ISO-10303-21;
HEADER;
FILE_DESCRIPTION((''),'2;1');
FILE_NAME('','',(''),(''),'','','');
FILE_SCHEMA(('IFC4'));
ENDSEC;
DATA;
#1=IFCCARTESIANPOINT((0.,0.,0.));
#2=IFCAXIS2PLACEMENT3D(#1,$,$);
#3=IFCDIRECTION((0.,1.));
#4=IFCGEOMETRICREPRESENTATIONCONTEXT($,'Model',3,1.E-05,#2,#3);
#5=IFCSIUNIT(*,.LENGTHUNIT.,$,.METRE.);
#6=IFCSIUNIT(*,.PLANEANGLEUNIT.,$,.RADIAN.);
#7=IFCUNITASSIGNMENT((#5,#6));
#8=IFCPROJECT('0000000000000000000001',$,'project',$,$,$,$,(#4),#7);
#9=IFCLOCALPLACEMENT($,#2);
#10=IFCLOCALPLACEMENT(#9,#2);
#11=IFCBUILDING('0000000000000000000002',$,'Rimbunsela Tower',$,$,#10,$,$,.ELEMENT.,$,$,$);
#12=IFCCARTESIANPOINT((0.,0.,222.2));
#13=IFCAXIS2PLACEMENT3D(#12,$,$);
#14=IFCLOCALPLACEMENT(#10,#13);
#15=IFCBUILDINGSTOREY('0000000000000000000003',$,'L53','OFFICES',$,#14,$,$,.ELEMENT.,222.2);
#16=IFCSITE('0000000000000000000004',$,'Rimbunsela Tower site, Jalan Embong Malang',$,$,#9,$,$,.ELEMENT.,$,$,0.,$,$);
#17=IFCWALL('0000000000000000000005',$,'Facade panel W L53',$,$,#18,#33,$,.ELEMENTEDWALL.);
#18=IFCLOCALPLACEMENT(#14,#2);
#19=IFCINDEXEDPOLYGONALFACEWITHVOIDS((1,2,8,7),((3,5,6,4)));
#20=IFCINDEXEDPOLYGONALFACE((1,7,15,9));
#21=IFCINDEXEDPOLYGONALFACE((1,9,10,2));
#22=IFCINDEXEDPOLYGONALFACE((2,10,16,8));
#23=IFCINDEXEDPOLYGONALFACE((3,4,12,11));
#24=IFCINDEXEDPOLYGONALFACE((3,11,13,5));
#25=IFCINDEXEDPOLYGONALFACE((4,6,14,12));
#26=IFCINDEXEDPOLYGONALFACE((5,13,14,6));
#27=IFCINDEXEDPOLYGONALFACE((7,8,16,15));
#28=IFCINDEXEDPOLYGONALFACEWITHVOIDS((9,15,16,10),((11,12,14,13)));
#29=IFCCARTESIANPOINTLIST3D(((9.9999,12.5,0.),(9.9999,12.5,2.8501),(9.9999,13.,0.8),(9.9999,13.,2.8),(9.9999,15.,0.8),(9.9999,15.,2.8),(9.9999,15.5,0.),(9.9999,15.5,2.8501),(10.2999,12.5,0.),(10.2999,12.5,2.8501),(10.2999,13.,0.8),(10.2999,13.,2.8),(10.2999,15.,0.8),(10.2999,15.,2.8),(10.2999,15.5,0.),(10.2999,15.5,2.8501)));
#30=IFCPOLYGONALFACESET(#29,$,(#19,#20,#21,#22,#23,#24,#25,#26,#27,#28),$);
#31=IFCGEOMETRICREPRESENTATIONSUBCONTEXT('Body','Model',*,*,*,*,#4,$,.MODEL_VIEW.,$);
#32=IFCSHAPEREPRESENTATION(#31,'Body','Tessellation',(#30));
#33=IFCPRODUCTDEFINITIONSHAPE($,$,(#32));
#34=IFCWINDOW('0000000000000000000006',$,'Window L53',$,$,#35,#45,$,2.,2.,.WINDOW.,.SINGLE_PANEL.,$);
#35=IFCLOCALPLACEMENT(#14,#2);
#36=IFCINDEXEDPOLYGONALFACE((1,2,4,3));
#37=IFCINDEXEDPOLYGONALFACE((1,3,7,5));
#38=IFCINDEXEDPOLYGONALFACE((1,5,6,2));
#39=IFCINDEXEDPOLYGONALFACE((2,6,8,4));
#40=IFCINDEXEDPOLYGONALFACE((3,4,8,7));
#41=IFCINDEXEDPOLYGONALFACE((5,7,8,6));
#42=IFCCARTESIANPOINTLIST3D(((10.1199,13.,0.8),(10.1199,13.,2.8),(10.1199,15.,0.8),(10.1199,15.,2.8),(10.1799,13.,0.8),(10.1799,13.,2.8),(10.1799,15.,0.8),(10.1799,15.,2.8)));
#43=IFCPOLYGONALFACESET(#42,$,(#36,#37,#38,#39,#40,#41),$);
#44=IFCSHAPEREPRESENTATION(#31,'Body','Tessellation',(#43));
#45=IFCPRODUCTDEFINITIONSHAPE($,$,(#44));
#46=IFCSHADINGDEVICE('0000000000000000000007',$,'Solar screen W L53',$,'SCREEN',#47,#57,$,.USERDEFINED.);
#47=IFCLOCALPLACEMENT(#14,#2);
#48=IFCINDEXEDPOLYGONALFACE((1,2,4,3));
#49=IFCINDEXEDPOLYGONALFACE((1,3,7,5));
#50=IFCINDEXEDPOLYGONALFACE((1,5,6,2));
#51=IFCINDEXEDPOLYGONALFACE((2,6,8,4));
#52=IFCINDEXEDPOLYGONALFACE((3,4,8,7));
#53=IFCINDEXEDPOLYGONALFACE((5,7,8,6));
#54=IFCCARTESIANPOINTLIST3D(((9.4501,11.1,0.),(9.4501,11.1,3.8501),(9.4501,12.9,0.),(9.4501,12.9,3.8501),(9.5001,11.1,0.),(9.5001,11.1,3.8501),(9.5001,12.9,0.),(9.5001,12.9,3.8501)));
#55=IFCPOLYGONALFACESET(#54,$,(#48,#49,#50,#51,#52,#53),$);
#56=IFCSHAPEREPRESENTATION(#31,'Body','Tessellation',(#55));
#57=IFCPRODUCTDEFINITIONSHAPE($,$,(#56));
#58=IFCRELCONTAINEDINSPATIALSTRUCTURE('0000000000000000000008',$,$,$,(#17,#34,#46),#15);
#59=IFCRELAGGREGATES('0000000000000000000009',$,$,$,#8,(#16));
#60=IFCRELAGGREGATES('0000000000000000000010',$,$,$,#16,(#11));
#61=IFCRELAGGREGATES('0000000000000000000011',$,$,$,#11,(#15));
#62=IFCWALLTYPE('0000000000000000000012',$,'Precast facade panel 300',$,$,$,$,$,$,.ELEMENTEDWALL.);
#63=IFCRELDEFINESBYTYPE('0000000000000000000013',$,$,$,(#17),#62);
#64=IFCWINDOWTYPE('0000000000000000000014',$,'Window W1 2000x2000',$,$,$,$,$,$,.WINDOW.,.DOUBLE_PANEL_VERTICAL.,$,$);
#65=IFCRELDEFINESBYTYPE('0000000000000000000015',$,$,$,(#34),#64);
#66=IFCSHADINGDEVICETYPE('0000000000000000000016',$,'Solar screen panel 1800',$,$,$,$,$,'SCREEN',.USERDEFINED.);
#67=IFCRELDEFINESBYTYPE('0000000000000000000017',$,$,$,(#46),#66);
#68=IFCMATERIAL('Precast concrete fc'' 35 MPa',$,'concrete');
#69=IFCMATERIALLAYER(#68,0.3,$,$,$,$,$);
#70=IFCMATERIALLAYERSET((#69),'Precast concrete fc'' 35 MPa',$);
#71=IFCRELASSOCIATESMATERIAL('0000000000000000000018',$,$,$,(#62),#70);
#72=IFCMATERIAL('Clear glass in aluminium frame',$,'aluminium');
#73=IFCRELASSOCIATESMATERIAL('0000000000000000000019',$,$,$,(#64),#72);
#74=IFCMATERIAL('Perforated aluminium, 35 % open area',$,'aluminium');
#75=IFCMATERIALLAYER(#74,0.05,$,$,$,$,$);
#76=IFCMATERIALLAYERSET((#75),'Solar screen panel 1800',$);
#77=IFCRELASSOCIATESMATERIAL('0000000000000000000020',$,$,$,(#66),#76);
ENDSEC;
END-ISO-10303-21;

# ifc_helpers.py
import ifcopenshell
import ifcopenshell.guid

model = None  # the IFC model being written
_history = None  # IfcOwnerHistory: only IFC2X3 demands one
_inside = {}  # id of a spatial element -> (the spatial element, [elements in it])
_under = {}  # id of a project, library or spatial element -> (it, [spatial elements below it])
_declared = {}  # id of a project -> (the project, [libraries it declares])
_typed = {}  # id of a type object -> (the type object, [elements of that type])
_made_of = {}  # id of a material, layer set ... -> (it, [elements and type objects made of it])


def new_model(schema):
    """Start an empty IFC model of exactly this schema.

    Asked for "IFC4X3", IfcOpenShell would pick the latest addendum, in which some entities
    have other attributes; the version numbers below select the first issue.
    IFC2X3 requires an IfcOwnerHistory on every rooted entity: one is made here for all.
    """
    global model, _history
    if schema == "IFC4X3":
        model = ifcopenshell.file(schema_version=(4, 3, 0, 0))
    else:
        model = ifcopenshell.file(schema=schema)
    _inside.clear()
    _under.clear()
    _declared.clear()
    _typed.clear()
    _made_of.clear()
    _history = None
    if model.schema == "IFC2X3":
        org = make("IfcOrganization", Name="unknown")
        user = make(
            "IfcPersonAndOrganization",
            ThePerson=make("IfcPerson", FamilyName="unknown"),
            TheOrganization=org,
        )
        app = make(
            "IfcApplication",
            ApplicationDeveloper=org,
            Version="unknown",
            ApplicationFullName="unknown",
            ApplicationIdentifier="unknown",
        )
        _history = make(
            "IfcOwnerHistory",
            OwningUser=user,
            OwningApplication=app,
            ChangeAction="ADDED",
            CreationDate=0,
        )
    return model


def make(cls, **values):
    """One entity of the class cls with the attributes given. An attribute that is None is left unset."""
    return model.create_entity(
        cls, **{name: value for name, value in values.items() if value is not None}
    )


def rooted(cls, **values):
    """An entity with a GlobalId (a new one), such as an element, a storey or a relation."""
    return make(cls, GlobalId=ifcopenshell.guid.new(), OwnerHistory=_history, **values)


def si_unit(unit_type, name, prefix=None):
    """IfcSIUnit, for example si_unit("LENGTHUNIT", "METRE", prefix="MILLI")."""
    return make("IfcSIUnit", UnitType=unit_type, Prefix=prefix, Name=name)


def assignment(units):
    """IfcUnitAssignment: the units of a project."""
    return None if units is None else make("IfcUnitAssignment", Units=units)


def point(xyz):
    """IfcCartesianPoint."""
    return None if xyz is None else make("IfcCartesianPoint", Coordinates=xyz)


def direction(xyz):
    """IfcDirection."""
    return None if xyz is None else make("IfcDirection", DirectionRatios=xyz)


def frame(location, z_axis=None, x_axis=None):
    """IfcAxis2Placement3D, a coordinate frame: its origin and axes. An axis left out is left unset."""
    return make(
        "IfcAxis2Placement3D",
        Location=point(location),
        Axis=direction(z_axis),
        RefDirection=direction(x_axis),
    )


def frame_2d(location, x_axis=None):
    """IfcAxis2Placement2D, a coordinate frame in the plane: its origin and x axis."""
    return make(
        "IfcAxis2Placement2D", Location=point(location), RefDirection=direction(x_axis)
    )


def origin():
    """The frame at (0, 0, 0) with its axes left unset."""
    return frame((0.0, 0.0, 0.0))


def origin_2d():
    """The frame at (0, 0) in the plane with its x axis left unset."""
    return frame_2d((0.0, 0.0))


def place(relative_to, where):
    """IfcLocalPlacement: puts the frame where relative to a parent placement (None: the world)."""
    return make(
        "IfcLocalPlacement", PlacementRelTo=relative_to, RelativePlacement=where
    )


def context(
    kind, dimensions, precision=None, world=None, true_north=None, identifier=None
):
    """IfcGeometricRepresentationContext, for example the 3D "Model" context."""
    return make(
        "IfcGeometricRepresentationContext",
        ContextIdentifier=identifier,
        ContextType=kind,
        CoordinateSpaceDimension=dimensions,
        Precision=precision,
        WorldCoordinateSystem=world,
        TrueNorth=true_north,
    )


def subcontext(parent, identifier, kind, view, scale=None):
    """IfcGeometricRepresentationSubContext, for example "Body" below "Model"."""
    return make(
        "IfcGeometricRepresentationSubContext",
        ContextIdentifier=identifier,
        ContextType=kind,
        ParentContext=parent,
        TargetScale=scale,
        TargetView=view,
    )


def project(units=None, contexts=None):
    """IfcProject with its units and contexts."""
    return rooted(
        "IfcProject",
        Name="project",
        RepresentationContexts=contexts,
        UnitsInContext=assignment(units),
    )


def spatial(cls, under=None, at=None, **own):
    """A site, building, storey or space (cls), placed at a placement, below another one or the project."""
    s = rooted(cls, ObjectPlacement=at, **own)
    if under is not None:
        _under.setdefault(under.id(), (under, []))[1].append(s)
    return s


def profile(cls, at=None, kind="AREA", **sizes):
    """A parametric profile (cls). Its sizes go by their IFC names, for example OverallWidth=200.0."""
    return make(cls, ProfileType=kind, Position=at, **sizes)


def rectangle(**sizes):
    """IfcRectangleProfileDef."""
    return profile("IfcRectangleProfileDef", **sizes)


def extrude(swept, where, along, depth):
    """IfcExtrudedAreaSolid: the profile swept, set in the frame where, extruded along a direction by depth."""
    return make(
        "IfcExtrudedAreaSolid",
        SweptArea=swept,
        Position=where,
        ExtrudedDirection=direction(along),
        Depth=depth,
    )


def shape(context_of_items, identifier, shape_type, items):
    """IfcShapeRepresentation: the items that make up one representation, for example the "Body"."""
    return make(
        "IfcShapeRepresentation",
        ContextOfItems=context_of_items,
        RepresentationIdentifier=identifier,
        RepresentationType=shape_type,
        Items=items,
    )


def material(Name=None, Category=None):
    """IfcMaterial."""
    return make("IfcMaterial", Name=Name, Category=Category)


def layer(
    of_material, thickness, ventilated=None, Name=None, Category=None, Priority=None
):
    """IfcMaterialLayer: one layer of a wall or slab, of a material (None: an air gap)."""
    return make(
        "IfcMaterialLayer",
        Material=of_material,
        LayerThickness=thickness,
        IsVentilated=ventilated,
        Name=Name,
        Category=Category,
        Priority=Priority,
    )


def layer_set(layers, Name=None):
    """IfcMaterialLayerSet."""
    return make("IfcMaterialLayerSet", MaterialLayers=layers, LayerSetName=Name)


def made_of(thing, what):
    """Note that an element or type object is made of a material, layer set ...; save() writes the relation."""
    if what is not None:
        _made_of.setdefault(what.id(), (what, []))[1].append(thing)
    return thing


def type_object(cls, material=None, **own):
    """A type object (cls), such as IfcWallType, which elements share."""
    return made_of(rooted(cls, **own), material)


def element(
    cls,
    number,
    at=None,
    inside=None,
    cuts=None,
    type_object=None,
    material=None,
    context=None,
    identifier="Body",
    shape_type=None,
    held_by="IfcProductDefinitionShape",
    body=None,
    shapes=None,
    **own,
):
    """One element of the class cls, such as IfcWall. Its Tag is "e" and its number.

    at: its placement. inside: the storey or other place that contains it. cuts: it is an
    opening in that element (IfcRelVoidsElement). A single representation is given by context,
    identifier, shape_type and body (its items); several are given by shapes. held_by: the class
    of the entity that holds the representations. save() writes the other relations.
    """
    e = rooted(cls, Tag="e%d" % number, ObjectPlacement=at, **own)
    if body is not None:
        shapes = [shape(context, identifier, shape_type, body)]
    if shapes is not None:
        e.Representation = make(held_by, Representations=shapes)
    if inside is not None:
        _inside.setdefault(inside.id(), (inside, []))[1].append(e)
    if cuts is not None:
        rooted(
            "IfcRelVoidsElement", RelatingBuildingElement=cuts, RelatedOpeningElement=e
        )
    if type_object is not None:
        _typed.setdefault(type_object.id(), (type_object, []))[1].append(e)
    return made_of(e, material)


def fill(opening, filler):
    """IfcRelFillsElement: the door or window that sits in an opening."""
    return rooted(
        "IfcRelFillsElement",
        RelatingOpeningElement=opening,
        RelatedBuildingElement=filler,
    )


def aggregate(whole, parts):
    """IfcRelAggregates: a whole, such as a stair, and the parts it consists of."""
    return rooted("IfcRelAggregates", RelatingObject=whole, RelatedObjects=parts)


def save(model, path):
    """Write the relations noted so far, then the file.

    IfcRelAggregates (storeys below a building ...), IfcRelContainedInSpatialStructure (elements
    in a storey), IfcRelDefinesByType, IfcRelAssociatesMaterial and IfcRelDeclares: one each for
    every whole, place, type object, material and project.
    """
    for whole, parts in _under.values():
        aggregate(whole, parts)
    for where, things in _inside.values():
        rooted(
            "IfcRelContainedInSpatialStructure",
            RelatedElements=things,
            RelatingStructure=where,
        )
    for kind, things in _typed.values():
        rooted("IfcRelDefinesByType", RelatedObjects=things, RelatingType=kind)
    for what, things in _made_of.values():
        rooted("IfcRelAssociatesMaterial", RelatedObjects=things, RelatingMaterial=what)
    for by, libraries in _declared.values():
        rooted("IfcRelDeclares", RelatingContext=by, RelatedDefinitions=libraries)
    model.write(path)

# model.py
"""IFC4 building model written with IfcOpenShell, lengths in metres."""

from ifc_helpers import new_model, si_unit, direction, frame, frame_2d, origin, origin_2d, place, context, subcontext, project, spatial, rectangle, extrude, material, layer, layer_set, type_object, element, fill, save


model = new_model("IFC4")

# Units and contexts
model_context = context("Model", 3, precision=1e-05, world=origin(), true_north=direction((0.0, 1.0)))
body_context = subcontext(model_context, "Body", "Model", "MODEL_VIEW")
ifc_project = project(units=[si_unit("LENGTHUNIT", "METRE"), si_unit("PLANEANGLEUNIT", "RADIAN")], contexts=[model_context])

# Site, building, storey
site_placement = place(None, origin())
site = spatial("IfcSite", under=ifc_project, at=site_placement, Name="Rimbunsela Tower site, Jalan Embong Malang", CompositionType="ELEMENT", RefElevation=0.0)
building_placement = place(site_placement, origin())
building = spatial("IfcBuilding", under=site, at=building_placement, Name="Rimbunsela Tower", CompositionType="ELEMENT")
storey_placement = place(building_placement, frame((0.0, 0.0, 222.2)))
storey = spatial("IfcBuildingStorey", under=building, at=storey_placement, Name="L53", Description="OFFICES", CompositionType="ELEMENT", Elevation=222.2)

# Shared definitions
ifc_material_1 = material(Name="Precast concrete fc' 35 MPa", Category="concrete")
ifc_layer_1 = layer(ifc_material_1, 0.3)
ifc_layer_set_1 = layer_set([ifc_layer_1], Name="Precast concrete fc' 35 MPa")
wall_type = type_object("IfcWallType", Name="Precast facade panel 300", PredefinedType="ELEMENTEDWALL", material=ifc_layer_set_1)

# Shared definitions
ifc_material_2 = material(Name="Clear glass in aluminium frame", Category="aluminium")
window_type = type_object("IfcWindowType", Name="Window W1 2000x2000", PartitioningType="DOUBLE_PANEL_VERTICAL", PredefinedType="WINDOW", material=ifc_material_2)

# Wall, opening, window
wall_1_placement = place(storey_placement, frame((10.1499, 15.5, 0.0), z_axis=(0.0, 0.0, 1.0), x_axis=(0.0, -1.0, 0.0)))
wall_1 = element("IfcWall", 1, at=wall_1_placement, inside=storey, type_object=wall_type, Name="Facade panel W L53", PredefinedType="ELEMENTEDWALL", context=body_context, shape_type="SweptSolid", body=[
    extrude(rectangle(XDim=3.0, YDim=0.3, at=frame_2d((1.5, 0.0))), origin(), (0.0, 0.0, 1.0), 2.8501),
])
opening_1_placement = place(wall_1_placement, frame((0.5, 0.0, 0.8)))
opening_1 = element("IfcOpeningElement", 2, at=opening_1_placement, cuts=wall_1, PredefinedType="OPENING", context=body_context, shape_type="SweptSolid", body=[
    extrude(rectangle(XDim=2.0, YDim=2.0, at=frame_2d((1.0, 1.0))), frame((0.0, 0.1599, 0.0), z_axis=(0.0, -1.0, 0.0), x_axis=(1.0, 0.0, 0.0)), (0.0, 0.0, 1.0), 0.3201),
])
window_1_placement = place(opening_1_placement, origin())
window_1 = element("IfcWindow", 3, at=window_1_placement, inside=storey, type_object=window_type, Name="Window L53", OverallHeight=2.0, OverallWidth=2.0, PartitioningType="SINGLE_PANEL", PredefinedType="WINDOW", context=body_context, shape_type="SweptSolid", body=[
    extrude(rectangle(XDim=2.0, YDim=2.0, at=frame_2d((1.0, 1.0))), frame((0.0, 0.03, 0.0), z_axis=(0.0, -1.0, 0.0), x_axis=(1.0, 0.0, 0.0)), (0.0, 0.0, 1.0), 0.0601),
])
fill(opening_1, window_1)

# Shading device
ifc_material_3 = material(Name="Perforated aluminium, 35 % open area", Category="aluminium")
ifc_layer_2 = layer(ifc_material_3, 0.05)
ifc_layer_set_2 = layer_set([ifc_layer_2], Name="Solar screen panel 1800")
shading_device_type = type_object("IfcShadingDeviceType", Name="Solar screen panel 1800", ElementType="SCREEN", PredefinedType="USERDEFINED", material=ifc_layer_set_2)
shading_device_placement = place(storey_placement, frame((9.4751, 12.0, 0.0), z_axis=(0.0, 0.0, 1.0), x_axis=(0.0, 1.0, 0.0)))
element("IfcShadingDevice", 4, at=shading_device_placement, inside=storey, type_object=shading_device_type, Name="Solar screen W L53", ObjectType="SCREEN", PredefinedType="USERDEFINED", context=body_context, shape_type="SweptSolid", body=[
    extrude(rectangle(XDim=1.8, YDim=0.05, at=origin_2d()), origin(), (0.0, 0.0, 1.0), 3.8501),
])

save(model, "model.ifc")
